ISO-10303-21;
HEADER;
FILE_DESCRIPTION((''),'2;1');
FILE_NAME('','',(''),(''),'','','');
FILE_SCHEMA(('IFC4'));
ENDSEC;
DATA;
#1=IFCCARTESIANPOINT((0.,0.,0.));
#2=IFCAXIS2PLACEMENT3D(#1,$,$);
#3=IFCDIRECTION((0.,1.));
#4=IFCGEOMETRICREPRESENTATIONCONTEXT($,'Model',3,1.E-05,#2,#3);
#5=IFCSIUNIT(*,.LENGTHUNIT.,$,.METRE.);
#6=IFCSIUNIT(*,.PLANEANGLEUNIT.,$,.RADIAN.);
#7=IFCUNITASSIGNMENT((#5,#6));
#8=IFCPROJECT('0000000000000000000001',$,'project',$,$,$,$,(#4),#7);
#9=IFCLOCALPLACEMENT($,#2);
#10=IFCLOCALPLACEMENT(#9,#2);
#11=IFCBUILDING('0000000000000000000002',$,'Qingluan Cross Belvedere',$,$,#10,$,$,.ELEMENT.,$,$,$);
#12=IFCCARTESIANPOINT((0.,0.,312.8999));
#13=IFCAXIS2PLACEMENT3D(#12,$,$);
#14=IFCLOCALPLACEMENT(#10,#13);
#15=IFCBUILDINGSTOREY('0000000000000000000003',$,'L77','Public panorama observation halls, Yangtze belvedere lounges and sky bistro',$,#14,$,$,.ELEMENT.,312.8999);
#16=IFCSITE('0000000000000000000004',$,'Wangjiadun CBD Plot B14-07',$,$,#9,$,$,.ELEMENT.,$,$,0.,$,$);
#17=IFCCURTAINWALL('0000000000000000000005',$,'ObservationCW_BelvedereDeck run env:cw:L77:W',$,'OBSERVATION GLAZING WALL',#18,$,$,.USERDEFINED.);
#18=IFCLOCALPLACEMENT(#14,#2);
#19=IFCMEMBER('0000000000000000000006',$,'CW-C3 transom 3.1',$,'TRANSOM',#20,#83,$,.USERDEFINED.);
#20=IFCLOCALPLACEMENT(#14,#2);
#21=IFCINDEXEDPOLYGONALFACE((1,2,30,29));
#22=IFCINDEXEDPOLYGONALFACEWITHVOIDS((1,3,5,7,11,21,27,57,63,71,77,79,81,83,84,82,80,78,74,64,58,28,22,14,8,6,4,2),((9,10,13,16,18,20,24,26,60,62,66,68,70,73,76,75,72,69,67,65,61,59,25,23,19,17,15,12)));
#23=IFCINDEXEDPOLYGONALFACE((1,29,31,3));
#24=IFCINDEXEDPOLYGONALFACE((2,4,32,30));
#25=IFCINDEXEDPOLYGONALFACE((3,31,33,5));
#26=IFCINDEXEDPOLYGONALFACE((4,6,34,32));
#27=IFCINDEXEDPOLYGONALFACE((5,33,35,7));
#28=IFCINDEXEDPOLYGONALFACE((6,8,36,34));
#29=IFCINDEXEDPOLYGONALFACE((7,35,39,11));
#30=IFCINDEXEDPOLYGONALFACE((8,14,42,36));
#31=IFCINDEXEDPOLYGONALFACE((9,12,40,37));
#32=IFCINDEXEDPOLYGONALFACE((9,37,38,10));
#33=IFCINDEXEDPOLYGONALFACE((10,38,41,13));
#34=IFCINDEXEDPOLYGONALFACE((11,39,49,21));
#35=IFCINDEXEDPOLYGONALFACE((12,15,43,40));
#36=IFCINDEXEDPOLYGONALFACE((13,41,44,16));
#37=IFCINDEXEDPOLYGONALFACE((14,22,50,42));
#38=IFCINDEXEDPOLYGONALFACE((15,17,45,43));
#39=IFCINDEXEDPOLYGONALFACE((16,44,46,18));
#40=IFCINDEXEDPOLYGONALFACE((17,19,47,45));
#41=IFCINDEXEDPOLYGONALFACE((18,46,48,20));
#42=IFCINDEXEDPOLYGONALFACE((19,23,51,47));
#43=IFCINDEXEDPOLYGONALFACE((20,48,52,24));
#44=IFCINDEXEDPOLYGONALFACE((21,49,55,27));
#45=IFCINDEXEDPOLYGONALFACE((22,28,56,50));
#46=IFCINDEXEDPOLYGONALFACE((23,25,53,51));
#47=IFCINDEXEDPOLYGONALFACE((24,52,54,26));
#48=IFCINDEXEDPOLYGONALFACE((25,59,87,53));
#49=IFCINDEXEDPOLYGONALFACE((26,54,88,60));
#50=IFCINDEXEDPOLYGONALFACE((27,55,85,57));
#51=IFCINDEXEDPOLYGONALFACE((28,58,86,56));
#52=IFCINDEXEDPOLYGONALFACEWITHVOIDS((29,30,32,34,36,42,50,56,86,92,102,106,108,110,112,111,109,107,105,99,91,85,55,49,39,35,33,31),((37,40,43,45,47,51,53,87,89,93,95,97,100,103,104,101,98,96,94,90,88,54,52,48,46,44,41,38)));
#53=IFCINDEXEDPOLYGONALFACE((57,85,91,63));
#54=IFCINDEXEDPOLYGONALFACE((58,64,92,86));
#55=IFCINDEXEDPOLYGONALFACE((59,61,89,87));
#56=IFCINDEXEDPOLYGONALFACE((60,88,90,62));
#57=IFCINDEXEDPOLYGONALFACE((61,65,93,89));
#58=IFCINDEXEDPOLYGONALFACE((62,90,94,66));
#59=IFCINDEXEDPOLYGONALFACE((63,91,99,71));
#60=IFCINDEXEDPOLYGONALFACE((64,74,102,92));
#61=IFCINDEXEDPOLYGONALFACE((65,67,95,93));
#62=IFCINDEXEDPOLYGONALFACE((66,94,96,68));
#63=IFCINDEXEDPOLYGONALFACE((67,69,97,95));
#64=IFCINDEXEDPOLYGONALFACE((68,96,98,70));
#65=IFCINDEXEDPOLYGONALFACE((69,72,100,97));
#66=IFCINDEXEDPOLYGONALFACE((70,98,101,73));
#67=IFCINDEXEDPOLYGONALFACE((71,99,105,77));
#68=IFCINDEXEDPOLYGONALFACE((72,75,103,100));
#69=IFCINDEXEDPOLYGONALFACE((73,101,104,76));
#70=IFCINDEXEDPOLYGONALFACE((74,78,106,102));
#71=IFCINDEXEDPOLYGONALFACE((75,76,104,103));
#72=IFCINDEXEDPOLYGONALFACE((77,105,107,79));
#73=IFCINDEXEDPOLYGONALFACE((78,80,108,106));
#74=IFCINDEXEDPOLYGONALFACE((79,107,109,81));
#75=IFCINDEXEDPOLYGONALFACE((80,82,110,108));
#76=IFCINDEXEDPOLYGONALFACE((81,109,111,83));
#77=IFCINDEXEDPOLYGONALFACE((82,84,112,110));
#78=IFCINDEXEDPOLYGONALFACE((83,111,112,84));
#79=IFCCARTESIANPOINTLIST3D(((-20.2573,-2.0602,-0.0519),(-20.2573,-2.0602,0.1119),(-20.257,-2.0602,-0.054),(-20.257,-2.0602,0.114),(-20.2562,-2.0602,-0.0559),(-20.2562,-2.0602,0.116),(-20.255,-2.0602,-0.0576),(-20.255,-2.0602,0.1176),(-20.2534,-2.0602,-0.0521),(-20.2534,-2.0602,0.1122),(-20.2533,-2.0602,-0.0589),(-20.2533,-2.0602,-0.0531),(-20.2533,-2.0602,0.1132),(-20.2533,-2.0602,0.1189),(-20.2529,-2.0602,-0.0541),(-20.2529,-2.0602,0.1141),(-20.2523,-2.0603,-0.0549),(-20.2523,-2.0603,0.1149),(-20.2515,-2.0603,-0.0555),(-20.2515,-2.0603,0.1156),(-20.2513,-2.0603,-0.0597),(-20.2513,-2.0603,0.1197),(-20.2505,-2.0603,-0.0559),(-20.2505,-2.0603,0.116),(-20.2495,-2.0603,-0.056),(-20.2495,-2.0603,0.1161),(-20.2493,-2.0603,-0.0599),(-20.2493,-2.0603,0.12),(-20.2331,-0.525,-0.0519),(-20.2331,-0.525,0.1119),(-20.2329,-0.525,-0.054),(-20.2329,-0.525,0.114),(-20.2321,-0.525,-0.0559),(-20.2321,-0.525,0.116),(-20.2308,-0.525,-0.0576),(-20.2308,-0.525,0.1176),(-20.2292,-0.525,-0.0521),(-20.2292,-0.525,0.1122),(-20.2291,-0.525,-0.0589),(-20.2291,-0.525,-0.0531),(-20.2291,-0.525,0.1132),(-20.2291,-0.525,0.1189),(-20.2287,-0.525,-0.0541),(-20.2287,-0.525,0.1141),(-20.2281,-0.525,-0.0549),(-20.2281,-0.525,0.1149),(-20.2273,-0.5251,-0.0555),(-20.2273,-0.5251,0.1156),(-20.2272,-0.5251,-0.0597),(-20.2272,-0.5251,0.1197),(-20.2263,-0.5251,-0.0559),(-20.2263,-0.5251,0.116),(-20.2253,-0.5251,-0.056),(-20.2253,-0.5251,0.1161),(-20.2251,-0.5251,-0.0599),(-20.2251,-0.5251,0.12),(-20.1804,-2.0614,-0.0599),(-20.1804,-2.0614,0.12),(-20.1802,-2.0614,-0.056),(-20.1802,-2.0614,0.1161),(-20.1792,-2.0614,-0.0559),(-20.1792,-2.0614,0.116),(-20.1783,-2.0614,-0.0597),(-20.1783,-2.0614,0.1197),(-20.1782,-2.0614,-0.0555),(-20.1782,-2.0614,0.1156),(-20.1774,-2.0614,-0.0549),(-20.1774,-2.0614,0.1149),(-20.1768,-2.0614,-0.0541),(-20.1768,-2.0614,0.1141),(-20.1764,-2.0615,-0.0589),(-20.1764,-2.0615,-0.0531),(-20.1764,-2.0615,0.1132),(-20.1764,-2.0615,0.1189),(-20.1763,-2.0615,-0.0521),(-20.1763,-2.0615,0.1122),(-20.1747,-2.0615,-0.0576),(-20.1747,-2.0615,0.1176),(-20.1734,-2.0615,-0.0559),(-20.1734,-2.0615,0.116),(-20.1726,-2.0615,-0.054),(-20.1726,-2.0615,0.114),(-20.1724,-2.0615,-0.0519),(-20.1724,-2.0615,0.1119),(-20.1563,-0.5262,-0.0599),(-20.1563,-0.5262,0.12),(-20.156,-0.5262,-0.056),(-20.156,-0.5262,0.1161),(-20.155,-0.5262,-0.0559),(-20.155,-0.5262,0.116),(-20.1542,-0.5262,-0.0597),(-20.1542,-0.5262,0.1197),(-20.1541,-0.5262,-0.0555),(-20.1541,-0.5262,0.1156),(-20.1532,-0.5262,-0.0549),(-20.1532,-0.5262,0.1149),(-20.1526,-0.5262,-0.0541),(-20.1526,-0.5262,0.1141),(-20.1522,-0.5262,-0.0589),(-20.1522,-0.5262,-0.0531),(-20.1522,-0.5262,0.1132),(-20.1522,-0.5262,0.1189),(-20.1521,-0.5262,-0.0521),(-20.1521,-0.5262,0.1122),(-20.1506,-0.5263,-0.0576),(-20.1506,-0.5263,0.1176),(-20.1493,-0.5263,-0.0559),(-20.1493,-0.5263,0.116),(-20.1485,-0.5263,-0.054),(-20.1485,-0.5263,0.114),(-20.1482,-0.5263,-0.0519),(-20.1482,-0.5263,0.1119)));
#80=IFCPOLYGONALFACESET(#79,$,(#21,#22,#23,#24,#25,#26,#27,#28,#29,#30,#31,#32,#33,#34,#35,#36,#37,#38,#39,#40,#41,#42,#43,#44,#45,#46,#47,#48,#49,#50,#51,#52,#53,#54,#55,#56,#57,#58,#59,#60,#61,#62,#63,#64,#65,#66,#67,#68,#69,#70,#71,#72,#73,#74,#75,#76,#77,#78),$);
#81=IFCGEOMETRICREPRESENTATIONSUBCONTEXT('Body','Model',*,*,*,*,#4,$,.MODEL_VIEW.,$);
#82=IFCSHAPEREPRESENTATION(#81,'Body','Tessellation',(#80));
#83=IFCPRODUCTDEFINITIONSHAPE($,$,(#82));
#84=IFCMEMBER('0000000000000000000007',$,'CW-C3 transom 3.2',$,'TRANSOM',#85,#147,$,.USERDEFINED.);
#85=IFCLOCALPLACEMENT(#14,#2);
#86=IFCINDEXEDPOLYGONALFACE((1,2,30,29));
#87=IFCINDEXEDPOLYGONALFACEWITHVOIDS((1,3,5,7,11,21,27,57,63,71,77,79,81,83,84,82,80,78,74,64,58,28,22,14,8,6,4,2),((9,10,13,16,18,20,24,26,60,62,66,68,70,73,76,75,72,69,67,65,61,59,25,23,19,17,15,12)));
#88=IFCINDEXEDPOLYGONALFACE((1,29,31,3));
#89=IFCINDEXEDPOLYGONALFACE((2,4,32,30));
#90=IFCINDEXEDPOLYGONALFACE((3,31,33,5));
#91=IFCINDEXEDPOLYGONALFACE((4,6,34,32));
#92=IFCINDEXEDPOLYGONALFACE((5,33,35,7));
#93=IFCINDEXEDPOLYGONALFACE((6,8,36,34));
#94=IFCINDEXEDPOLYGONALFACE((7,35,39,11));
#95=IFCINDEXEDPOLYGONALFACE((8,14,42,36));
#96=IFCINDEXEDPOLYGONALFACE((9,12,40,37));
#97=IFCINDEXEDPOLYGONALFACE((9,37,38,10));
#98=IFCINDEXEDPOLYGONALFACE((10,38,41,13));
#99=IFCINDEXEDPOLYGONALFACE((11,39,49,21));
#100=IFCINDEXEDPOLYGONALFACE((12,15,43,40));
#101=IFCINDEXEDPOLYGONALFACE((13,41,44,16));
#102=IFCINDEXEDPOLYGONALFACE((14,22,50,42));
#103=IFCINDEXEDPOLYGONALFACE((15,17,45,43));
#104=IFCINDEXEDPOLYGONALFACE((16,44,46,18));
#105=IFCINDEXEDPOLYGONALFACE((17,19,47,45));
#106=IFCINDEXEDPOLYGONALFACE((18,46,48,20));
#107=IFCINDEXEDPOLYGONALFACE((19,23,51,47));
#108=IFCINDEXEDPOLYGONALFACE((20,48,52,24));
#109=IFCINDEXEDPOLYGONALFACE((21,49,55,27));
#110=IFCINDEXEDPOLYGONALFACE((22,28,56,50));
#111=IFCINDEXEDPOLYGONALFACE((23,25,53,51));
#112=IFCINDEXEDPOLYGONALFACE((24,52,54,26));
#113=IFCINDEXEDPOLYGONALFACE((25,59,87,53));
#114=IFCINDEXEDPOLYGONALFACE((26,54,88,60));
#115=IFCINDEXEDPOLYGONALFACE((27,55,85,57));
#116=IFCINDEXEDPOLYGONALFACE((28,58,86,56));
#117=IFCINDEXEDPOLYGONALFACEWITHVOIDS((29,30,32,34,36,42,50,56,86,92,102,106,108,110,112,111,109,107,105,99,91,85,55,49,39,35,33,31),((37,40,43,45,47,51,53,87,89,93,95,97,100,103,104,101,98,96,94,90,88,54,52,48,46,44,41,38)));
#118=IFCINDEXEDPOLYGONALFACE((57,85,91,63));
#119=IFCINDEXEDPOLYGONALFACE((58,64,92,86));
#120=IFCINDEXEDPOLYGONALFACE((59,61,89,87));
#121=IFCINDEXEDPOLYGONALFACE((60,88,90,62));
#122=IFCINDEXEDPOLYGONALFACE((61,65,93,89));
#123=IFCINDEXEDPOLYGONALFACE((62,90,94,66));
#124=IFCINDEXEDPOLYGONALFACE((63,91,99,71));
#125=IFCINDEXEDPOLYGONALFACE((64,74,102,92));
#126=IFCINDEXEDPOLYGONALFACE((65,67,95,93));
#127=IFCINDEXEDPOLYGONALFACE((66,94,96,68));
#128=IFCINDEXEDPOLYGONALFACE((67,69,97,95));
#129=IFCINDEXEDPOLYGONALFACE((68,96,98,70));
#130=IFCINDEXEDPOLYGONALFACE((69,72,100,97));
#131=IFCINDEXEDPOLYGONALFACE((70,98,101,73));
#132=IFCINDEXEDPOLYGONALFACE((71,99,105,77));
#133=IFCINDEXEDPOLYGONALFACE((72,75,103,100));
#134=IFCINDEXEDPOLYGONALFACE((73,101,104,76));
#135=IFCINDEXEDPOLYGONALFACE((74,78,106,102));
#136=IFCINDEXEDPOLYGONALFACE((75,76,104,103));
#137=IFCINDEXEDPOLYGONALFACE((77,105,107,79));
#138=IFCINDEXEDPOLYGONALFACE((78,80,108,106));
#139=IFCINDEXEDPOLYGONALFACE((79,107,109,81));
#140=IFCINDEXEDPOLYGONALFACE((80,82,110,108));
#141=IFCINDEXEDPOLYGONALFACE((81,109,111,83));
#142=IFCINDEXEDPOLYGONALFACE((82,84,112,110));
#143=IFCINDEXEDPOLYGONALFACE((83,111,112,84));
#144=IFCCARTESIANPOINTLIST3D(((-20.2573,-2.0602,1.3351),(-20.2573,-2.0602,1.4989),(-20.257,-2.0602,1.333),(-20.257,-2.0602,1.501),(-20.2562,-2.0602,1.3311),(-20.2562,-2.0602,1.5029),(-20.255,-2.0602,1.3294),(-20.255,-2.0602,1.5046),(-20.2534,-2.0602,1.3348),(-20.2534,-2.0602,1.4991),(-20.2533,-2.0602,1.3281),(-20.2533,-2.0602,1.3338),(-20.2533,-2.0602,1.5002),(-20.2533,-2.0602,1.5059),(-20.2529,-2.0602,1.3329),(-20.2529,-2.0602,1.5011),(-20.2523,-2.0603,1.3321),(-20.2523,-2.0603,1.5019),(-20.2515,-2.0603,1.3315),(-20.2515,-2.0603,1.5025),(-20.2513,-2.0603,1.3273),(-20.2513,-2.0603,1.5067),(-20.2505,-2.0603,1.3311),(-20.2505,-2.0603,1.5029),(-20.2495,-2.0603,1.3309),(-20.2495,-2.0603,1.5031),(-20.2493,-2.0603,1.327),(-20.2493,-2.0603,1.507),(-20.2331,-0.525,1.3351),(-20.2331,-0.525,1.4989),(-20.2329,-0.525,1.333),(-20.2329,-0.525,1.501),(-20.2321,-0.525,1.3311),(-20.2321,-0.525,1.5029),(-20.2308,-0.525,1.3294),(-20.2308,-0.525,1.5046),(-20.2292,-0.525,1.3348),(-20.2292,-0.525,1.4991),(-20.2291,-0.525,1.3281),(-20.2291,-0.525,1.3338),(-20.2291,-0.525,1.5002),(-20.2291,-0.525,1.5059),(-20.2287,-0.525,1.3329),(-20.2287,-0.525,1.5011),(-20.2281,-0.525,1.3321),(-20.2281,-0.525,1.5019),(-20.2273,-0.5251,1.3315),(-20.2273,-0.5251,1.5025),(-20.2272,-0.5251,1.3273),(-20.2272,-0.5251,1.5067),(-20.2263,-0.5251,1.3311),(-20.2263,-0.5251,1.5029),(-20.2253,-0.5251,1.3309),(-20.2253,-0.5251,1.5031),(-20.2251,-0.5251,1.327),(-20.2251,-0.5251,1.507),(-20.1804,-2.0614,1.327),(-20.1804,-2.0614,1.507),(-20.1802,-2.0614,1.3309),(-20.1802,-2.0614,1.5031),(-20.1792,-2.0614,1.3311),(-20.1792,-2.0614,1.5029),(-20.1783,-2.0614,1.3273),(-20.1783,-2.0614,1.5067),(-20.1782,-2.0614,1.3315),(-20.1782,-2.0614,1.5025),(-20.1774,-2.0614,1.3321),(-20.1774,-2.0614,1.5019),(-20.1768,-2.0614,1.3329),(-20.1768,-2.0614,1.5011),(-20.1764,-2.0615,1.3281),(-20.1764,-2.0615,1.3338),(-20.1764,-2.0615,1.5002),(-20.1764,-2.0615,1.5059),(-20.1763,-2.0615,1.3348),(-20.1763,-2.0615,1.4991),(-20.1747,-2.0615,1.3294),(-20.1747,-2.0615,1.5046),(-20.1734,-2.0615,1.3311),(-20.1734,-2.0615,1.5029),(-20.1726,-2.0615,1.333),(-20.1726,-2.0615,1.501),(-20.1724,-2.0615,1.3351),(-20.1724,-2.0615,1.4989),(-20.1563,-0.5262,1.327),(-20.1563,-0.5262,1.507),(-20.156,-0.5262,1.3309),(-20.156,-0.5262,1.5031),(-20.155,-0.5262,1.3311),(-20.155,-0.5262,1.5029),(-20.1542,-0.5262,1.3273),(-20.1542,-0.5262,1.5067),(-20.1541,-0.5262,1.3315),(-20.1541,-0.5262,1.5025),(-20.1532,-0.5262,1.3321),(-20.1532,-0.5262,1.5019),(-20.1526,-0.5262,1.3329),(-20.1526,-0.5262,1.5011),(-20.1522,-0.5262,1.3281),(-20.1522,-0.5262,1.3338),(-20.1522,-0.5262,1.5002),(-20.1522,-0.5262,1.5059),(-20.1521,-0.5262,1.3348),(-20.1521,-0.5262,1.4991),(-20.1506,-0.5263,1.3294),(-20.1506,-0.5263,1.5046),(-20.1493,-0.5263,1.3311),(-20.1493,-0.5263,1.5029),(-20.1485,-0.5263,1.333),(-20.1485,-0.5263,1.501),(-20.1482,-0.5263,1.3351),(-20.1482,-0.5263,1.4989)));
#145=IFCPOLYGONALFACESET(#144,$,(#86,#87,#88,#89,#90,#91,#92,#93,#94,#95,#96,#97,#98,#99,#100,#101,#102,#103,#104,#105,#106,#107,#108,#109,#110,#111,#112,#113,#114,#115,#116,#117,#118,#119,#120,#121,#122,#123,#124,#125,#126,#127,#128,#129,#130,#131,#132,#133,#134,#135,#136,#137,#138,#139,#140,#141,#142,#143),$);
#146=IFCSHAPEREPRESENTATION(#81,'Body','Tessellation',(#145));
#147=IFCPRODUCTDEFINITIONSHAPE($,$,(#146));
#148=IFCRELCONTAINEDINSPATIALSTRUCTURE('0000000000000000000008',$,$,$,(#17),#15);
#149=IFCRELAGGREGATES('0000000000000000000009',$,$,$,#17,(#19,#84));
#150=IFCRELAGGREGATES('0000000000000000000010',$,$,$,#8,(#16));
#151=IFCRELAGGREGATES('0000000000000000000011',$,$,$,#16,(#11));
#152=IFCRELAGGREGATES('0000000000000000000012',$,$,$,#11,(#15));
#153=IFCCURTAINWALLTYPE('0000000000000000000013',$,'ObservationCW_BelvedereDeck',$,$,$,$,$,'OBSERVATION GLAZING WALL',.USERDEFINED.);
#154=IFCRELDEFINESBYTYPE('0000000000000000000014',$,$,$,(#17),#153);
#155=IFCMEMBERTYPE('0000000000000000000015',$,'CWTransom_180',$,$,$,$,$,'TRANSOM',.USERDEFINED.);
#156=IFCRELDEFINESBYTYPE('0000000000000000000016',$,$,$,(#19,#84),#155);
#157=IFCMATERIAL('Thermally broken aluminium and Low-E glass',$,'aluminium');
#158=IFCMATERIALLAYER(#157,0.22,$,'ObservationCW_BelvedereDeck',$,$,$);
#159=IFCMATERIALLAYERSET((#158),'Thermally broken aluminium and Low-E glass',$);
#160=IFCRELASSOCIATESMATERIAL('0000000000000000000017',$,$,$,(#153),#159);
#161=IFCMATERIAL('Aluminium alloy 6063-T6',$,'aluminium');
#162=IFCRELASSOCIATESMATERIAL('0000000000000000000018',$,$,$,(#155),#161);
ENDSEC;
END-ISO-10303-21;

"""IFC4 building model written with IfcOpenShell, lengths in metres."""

from ifc_helpers import new_model, si_unit, direction, frame, origin, origin_2d, place, context, subcontext, project, spatial, hollow_rectangle, extrude, material, layer, layer_set, material_profile, profile_set, type_object, element, aggregate, save


model = new_model("IFC4")

# Units and contexts
model_context = context("Model", 3, precision=1e-05, world=origin(), true_north=direction((0.0, 1.0)))
body_context = subcontext(model_context, "Body", "Model", "MODEL_VIEW")
ifc_project = project(units=[si_unit("LENGTHUNIT", "METRE"), si_unit("PLANEANGLEUNIT", "RADIAN")], contexts=[model_context])

# Site, building, storey
site_placement = place(None, origin())
site = spatial("IfcSite", under=ifc_project, at=site_placement, Name="Wangjiadun CBD Plot B14-07", CompositionType="ELEMENT", RefElevation=0.0)
building_placement = place(site_placement, origin())
building = spatial("IfcBuilding", under=site, at=building_placement, Name="Qingluan Cross Belvedere", CompositionType="ELEMENT")
storey_placement = place(building_placement, frame((0.0, 0.0, 312.8999)))
storey = spatial("IfcBuildingStorey", under=building, at=storey_placement, Name="L77", Description="Public panorama observation halls, Yangtze belvedere lounges and sky bistro", CompositionType="ELEMENT", Elevation=312.8999)

# Curtain wall, members
ifc_material_1 = material(Name="Thermally broken aluminium and Low-E glass", Category="aluminium")
ifc_layer_1 = layer(ifc_material_1, 0.22, Name="ObservationCW_BelvedereDeck")
ifc_layer_set_1 = layer_set([ifc_layer_1], Name="Thermally broken aluminium and Low-E glass")
curtain_wall_type = type_object("IfcCurtainWallType", Name="ObservationCW_BelvedereDeck", ElementType="OBSERVATION GLAZING WALL", PredefinedType="USERDEFINED", material=ifc_layer_set_1)
curtain_wall_placement = place(storey_placement, origin())
curtain_wall = element("IfcCurtainWall", 1, at=curtain_wall_placement, inside=storey, type_object=curtain_wall_type, Name="ObservationCW_BelvedereDeck run env:cw:L77:W", ObjectType="OBSERVATION GLAZING WALL", PredefinedType="USERDEFINED")
ifc_material_2 = material(Name="Aluminium alloy 6063-T6", Category="aluminium")
ifc_material_profile_1 = material_profile(ifc_material_2, hollow_rectangle(XDim=0.085, YDim=0.1799, WallThickness=0.0039, InnerFilletRadius=0.0039, OuterFilletRadius=0.0081, at=origin_2d()), Name="CWT180x85x4")
ifc_profile_set_1 = profile_set([ifc_material_profile_1], Name="Aluminium alloy 6063-T6")
member_type_1 = type_object("IfcMemberType", Name="CWTransom_180", ElementType="TRANSOM", PredefinedType="USERDEFINED", material=ifc_profile_set_1)
member_1_placement = place(storey_placement, frame((-20.1907, -0.5256, 0.03), z_axis=(-0.015742, -0.999876, 0.0), x_axis=(0.999876, -0.015742, 0.0)))
member_1 = element("IfcMember", 2, at=member_1_placement, type_object=member_type_1, Name="CW-C3 transom 3.1", ObjectType="TRANSOM", PredefinedType="USERDEFINED", context=body_context, shape_type="SweptSolid", body=[
    extrude(hollow_rectangle(XDim=0.085, YDim=0.1799, WallThickness=0.0039, InnerFilletRadius=0.0039, OuterFilletRadius=0.0081, at=origin_2d()), origin(), (0.0, 0.0, 1.0), 1.5354),
])
member_2_placement = place(storey_placement, frame((-20.1907, -0.5256, 1.417), z_axis=(-0.015742, -0.999876, 0.0), x_axis=(0.999876, -0.015742, 0.0)))
member_2 = element("IfcMember", 3, at=member_2_placement, type_object=member_type_1, Name="CW-C3 transom 3.2", ObjectType="TRANSOM", PredefinedType="USERDEFINED", context=body_context, shape_type="SweptSolid", body=[
    extrude(hollow_rectangle(XDim=0.085, YDim=0.1799, WallThickness=0.0039, InnerFilletRadius=0.0039, OuterFilletRadius=0.0081, at=origin_2d()), origin(), (0.0, 0.0, 1.0), 1.5354),
])

aggregate(curtain_wall, [member_1, member_2])

save(model, "model.ifc")
